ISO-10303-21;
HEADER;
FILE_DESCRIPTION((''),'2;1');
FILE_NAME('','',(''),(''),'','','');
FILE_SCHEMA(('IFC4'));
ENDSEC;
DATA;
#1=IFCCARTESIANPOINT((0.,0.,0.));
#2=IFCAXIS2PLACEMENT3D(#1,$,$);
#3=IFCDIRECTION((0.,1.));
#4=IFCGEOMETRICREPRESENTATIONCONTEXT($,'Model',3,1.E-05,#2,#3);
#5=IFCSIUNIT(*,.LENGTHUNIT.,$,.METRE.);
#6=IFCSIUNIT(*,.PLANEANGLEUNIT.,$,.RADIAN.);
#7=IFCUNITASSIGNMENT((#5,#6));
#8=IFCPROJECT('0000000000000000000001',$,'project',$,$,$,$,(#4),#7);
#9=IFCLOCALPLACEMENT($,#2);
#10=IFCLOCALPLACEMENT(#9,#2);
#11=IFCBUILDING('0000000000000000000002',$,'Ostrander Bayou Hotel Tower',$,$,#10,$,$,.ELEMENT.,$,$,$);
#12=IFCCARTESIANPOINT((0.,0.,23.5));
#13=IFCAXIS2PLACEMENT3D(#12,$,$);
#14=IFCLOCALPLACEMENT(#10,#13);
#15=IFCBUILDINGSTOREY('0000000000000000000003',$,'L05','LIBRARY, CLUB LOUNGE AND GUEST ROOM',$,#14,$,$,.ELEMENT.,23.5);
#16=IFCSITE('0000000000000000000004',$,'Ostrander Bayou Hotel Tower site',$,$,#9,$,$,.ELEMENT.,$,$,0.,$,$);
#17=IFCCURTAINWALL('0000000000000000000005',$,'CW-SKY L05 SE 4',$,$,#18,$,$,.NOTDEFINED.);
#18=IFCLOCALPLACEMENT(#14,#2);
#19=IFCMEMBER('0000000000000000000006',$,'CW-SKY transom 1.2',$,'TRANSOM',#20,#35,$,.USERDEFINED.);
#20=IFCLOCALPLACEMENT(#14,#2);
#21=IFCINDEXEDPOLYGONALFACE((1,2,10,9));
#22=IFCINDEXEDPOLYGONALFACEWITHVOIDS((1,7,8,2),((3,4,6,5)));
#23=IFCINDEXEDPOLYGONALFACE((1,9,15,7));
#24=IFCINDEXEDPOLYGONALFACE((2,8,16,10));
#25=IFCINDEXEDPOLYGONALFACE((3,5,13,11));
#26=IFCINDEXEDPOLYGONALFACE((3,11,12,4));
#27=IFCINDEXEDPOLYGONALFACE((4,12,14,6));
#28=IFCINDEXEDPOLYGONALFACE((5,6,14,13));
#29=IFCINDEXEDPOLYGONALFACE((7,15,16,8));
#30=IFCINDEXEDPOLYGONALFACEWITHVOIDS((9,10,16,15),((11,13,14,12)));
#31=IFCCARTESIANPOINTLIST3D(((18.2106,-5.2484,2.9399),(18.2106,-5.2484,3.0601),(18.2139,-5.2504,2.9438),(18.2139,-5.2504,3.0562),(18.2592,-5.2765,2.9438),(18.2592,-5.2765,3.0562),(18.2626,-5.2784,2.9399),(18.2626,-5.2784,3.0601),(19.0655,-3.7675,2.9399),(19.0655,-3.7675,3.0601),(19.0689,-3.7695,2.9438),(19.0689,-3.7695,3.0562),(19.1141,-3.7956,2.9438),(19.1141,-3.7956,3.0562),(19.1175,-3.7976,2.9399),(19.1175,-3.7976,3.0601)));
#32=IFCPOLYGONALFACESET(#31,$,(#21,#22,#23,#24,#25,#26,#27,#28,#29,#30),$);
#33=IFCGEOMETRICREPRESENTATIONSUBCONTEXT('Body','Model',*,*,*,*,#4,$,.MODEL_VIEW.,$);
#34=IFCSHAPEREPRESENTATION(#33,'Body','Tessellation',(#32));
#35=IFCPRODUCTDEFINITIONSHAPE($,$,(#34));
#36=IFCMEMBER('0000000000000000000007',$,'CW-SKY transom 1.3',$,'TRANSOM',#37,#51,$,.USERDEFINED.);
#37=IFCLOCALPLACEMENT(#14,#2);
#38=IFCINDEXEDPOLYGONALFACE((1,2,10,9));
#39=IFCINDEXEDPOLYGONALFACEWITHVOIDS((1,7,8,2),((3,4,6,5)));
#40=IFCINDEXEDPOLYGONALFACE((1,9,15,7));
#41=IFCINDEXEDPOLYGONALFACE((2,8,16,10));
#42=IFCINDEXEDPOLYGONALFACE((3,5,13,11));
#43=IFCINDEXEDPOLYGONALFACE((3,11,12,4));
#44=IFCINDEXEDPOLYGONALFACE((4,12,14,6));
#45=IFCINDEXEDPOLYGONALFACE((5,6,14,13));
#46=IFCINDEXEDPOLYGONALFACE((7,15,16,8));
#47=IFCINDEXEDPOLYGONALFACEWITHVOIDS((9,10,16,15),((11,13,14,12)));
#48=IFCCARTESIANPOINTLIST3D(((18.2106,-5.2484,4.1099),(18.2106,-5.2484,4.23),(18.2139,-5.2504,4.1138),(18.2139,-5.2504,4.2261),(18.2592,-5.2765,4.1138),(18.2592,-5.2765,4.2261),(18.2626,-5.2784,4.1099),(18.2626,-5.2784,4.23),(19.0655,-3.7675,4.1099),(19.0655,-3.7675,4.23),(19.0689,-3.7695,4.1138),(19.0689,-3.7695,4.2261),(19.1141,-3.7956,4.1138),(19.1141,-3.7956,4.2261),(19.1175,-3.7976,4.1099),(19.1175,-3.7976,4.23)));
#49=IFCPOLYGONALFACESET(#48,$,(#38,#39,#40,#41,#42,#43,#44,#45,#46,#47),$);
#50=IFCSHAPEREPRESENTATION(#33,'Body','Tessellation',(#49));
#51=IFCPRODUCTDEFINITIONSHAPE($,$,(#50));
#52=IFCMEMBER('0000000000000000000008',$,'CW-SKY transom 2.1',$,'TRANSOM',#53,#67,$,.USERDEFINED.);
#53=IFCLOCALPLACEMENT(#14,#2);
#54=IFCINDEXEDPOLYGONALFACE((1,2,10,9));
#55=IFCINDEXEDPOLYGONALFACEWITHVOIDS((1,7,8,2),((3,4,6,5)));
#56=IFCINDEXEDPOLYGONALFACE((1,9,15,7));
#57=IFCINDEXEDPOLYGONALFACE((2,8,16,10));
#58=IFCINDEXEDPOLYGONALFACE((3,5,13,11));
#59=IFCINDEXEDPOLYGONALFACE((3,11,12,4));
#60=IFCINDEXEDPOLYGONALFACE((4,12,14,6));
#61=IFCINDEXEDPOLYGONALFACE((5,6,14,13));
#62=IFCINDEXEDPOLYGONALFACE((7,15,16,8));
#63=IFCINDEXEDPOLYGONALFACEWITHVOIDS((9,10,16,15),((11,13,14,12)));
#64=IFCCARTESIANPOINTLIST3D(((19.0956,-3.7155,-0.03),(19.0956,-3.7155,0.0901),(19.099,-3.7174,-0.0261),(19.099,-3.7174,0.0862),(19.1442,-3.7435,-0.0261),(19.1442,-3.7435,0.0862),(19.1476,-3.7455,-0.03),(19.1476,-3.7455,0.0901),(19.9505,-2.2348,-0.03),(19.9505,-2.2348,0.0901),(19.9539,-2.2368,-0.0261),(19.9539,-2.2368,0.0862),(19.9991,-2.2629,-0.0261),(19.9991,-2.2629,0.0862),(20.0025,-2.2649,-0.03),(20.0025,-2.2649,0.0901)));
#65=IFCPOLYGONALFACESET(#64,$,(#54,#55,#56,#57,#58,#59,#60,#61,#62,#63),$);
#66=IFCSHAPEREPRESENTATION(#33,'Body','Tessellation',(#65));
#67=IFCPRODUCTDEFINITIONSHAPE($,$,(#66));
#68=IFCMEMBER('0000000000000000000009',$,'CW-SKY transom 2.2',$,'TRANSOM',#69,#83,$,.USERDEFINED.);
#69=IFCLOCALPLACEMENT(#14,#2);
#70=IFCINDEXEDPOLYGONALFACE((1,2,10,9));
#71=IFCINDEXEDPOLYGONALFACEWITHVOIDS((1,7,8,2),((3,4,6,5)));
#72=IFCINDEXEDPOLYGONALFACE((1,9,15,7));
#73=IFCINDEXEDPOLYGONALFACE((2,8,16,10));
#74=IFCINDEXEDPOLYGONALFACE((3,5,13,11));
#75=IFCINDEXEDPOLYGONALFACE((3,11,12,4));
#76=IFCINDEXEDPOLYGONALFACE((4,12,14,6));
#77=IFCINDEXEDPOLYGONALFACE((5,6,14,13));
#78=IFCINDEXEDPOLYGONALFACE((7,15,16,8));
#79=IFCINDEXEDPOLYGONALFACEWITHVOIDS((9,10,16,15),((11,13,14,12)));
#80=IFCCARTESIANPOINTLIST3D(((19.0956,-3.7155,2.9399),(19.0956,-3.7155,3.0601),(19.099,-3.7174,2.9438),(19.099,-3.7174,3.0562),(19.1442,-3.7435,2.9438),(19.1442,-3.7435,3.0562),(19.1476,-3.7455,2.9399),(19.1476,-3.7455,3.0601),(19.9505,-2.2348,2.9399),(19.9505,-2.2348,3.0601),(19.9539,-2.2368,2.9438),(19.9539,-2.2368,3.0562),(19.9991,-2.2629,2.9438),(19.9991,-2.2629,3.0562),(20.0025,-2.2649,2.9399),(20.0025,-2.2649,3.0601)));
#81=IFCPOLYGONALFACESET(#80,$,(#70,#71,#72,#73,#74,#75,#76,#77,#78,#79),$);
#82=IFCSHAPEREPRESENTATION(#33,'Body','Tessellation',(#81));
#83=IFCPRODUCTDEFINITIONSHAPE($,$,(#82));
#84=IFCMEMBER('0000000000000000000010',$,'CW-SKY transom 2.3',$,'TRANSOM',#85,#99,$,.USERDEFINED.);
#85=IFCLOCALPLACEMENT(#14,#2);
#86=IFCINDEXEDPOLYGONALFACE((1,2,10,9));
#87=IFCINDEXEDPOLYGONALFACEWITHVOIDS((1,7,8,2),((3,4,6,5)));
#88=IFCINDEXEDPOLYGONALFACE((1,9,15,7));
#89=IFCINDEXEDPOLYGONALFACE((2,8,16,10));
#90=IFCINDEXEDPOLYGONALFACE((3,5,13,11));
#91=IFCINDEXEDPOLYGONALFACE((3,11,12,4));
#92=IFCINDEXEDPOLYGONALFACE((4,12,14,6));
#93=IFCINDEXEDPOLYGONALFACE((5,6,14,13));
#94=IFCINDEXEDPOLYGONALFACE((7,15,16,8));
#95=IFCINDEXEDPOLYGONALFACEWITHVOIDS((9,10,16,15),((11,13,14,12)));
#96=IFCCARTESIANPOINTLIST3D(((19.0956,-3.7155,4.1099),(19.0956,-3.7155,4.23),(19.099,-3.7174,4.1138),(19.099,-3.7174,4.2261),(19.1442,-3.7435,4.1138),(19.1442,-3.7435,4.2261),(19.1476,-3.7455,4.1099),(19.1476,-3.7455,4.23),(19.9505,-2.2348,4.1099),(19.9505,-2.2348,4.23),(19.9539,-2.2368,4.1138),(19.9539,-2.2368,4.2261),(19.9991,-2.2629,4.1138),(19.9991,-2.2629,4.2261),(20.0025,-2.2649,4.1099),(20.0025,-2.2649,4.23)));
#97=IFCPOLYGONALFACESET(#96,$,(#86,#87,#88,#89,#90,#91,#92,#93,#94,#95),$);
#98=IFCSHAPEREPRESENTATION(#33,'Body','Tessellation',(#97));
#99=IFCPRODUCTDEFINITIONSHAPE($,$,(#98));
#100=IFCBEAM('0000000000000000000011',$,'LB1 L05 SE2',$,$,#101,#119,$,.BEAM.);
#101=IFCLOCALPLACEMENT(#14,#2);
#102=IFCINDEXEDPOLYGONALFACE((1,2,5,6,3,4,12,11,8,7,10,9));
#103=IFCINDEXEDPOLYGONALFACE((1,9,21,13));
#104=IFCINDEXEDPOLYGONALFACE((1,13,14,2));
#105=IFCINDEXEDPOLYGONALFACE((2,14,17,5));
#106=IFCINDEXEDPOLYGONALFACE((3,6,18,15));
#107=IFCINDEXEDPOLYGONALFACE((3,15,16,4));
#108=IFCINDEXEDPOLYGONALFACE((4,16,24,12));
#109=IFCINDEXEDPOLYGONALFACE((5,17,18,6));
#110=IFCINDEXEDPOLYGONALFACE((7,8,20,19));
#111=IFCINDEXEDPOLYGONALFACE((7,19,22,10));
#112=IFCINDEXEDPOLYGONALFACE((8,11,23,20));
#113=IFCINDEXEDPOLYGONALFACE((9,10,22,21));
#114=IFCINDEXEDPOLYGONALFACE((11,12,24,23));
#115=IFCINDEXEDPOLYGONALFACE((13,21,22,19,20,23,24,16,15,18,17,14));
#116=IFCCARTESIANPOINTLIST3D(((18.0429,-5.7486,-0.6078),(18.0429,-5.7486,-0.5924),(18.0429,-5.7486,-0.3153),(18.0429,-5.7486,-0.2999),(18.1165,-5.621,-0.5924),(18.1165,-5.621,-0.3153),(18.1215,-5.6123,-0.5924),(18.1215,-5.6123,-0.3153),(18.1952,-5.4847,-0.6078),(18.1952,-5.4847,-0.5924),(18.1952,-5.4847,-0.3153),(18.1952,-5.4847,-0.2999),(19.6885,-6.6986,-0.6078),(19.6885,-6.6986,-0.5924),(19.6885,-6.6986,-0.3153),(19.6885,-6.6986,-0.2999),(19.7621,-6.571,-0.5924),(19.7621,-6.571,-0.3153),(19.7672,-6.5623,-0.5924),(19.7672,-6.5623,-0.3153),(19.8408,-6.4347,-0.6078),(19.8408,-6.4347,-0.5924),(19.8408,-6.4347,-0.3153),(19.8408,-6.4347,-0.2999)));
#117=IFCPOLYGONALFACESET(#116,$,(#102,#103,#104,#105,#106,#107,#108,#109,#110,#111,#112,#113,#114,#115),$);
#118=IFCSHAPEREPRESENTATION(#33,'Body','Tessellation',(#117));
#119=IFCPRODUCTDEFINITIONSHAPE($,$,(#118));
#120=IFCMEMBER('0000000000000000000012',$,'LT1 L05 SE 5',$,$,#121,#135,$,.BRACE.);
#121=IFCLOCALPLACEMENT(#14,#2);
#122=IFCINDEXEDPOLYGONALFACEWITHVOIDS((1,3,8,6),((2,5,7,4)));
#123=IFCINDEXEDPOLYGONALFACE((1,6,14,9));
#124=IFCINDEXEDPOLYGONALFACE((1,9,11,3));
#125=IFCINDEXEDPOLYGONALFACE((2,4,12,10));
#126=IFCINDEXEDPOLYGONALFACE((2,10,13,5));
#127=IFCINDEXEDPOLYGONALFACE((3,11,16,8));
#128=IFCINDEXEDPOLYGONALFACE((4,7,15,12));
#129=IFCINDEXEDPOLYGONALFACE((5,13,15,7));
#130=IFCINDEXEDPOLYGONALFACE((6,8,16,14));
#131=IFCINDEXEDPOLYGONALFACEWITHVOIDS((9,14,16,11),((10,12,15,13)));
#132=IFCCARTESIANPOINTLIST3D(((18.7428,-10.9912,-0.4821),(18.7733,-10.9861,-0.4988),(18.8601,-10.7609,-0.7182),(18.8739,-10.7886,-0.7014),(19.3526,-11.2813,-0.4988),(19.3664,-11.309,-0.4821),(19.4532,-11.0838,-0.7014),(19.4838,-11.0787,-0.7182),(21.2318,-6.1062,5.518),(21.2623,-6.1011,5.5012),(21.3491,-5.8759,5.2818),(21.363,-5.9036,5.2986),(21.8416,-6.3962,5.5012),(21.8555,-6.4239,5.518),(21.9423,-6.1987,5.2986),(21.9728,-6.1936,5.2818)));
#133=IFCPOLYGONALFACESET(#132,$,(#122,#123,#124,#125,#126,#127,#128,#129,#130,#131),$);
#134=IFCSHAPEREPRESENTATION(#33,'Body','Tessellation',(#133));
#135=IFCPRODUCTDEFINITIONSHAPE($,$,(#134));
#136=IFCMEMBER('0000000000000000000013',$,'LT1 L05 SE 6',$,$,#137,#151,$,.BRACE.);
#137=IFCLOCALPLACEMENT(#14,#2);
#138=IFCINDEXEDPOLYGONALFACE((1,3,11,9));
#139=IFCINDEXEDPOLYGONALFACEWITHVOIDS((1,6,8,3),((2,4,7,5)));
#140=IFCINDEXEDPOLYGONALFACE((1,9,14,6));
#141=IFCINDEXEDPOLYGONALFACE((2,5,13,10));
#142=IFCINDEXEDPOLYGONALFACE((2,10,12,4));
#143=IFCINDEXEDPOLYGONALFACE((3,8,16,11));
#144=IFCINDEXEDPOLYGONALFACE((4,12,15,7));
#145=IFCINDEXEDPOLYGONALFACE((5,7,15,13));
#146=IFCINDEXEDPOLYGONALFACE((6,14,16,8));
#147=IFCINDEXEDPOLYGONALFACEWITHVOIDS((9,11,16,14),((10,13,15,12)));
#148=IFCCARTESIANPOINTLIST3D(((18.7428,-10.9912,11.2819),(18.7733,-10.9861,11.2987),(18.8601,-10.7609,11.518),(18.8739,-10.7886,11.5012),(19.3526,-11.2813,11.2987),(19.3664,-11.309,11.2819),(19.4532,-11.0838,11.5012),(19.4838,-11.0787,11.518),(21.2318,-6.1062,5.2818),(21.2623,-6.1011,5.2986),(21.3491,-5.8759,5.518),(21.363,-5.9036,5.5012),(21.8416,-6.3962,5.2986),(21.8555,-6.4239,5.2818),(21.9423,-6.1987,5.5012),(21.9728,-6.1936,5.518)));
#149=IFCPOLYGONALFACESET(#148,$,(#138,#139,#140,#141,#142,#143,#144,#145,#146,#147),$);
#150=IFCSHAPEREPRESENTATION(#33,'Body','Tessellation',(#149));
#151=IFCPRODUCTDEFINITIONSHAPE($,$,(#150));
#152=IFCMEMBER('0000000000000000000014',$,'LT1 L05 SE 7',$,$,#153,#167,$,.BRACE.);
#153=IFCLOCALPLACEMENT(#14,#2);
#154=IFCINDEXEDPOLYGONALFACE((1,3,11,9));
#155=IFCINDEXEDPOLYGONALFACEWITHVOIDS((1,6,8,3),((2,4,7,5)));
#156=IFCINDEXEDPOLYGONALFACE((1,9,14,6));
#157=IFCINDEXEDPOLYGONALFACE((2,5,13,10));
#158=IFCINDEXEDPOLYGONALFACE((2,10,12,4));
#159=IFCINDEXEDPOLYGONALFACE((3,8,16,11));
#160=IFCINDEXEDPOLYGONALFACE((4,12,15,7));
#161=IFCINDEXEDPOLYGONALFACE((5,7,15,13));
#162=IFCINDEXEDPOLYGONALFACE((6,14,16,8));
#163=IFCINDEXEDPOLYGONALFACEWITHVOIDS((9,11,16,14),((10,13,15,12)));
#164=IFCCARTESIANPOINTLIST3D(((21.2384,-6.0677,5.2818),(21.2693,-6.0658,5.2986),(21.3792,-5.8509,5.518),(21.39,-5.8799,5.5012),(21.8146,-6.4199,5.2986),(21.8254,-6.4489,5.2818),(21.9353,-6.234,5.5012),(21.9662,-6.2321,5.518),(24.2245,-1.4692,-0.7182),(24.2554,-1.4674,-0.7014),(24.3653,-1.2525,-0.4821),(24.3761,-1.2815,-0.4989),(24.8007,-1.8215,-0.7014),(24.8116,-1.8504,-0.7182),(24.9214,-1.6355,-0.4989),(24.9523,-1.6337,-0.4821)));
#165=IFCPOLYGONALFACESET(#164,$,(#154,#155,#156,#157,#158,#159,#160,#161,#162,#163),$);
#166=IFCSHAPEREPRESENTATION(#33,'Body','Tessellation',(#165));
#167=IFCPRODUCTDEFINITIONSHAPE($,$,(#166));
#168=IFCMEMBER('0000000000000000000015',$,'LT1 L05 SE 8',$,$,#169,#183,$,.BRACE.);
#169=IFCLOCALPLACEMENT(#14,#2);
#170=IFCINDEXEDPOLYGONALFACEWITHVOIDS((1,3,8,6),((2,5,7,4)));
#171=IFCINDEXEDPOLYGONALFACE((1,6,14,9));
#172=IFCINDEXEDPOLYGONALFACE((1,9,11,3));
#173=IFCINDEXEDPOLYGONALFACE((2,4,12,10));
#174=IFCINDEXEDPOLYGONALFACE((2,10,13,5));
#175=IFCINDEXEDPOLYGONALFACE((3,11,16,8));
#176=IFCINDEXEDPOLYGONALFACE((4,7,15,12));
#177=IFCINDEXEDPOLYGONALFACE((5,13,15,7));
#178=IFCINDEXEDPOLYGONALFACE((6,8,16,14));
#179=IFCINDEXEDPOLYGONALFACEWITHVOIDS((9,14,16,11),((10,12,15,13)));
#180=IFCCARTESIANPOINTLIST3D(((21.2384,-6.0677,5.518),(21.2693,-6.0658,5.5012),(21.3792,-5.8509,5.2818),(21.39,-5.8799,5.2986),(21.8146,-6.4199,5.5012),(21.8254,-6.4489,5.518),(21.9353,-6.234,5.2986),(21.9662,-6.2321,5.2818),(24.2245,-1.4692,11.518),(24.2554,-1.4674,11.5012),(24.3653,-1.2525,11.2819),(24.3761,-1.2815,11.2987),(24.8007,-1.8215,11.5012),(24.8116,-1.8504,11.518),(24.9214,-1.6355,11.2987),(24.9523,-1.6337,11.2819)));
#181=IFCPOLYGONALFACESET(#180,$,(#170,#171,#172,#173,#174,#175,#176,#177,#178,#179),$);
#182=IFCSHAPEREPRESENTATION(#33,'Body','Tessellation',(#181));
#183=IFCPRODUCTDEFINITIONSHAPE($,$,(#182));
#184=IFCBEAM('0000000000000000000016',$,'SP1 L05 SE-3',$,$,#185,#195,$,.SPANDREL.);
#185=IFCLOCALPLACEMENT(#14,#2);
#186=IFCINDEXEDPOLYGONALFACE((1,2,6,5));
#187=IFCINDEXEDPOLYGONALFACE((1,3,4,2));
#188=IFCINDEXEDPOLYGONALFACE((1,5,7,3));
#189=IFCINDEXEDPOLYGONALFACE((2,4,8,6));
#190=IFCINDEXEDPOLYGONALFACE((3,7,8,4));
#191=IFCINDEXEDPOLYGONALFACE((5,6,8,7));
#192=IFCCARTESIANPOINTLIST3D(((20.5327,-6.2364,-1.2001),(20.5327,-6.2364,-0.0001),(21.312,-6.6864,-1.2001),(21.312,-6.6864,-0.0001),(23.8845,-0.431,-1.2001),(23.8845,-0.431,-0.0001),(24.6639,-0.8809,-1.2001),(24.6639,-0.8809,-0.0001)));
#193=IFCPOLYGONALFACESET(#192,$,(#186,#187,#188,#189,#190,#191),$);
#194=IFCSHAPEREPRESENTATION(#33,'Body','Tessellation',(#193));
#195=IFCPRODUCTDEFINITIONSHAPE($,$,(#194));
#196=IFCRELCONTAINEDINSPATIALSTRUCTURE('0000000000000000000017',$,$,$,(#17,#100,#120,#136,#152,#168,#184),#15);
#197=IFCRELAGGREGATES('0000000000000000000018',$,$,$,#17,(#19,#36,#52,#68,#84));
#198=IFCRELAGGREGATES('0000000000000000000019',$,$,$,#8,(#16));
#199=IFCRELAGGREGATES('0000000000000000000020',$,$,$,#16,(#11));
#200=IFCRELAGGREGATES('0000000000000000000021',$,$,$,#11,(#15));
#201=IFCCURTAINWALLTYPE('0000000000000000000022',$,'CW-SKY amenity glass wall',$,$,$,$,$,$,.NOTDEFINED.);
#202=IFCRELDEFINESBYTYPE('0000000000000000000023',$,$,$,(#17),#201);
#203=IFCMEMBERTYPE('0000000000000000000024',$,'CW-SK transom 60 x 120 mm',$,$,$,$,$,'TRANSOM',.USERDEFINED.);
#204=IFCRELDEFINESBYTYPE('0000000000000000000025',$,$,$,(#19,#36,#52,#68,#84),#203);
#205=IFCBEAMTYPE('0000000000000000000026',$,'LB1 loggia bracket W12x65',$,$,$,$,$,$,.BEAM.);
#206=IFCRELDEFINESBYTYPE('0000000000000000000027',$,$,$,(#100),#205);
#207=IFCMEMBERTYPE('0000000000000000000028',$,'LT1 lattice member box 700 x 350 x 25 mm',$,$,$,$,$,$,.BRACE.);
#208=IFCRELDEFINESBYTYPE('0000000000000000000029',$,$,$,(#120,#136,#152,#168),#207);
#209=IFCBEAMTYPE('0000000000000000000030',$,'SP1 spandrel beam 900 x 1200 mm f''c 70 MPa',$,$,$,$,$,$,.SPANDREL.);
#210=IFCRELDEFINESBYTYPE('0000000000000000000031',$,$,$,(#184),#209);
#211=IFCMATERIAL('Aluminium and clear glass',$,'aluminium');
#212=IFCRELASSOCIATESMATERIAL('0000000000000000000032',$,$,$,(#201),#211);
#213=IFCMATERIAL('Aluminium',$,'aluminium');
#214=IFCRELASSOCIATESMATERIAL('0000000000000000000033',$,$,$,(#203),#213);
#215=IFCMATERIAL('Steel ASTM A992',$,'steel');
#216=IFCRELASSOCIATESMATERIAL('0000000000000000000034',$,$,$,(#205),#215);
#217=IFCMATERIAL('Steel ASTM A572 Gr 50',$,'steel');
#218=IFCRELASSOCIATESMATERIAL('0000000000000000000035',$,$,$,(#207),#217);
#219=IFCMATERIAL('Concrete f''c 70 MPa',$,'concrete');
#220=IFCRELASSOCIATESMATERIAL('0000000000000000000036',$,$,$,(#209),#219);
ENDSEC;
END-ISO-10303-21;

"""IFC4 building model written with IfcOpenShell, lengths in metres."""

from ifc_helpers import new_model, si_unit, direction, frame, origin, origin_2d, place, context, subcontext, project, spatial, rectangle, hollow_rectangle, i_section, extrude, material, material_profile, profile_set, type_object, element, aggregate, save


model = new_model("IFC4")

# Units and contexts
model_context = context("Model", 3, precision=1e-05, world=origin(), true_north=direction((0.0, 1.0)))
body_context = subcontext(model_context, "Body", "Model", "MODEL_VIEW")
ifc_project = project(units=[si_unit("LENGTHUNIT", "METRE"), si_unit("PLANEANGLEUNIT", "RADIAN")], contexts=[model_context])

# Site, building, storey
site_placement = place(None, origin())
site = spatial("IfcSite", under=ifc_project, at=site_placement, Name="Ostrander Bayou Hotel Tower site", CompositionType="ELEMENT", RefElevation=0.0)
building_placement = place(site_placement, origin())
building = spatial("IfcBuilding", under=site, at=building_placement, Name="Ostrander Bayou Hotel Tower", CompositionType="ELEMENT")
storey_placement = place(building_placement, frame((0.0, 0.0, 23.5)))
storey = spatial("IfcBuildingStorey", under=building, at=storey_placement, Name="L05", Description="LIBRARY, CLUB LOUNGE AND GUEST ROOM", CompositionType="ELEMENT", Elevation=23.5)

# Curtain wall
ifc_material_1 = material(Name="Aluminium and clear glass", Category="aluminium")
curtain_wall_type_1 = type_object("IfcCurtainWallType", Name="CW-SKY amenity glass wall", PredefinedType="NOTDEFINED", material=ifc_material_1)
curtain_wall_1_placement = place(storey_placement, origin())
curtain_wall_1 = element("IfcCurtainWall", 1, at=curtain_wall_1_placement, inside=storey, type_object=curtain_wall_type_1, Name="CW-SKY L05 SE 4", PredefinedType="NOTDEFINED")

# Members
ifc_material_2 = material(Name="Aluminium", Category="aluminium")
ifc_material_profile_1 = material_profile(ifc_material_2, hollow_rectangle(XDim=0.0601, YDim=0.1201, WallThickness=0.0039, at=origin_2d()))
ifc_profile_set_1 = profile_set([ifc_material_profile_1], Name="Aluminium")
member_type_1 = type_object("IfcMemberType", Name="CW-SK transom 60 x 120 mm", ElementType="TRANSOM", PredefinedType="USERDEFINED", material=ifc_profile_set_1)
member_1_placement = place(storey_placement, frame((18.2366, -5.2634, 3.0), z_axis=(0.499978, 0.866038, 0.0), x_axis=(-0.866038, 0.499978, 0.0)))
member_1 = element("IfcMember", 2, at=member_1_placement, type_object=member_type_1, Name="CW-SKY transom 1.2", ObjectType="TRANSOM", PredefinedType="USERDEFINED", context=body_context, shape_type="SweptSolid", body=[
    extrude(hollow_rectangle(XDim=0.0601, YDim=0.1201, WallThickness=0.0039, at=origin_2d()), origin(), (0.0, 0.0, 1.0), 1.71),
])
member_2_placement = place(storey_placement, frame((18.2366, -5.2634, 4.1699), z_axis=(0.499978, 0.866038, 0.0), x_axis=(-0.866038, 0.499978, 0.0)))
member_2 = element("IfcMember", 3, at=member_2_placement, type_object=member_type_1, Name="CW-SKY transom 1.3", ObjectType="TRANSOM", PredefinedType="USERDEFINED", context=body_context, shape_type="SweptSolid", body=[
    extrude(hollow_rectangle(XDim=0.0601, YDim=0.1201, WallThickness=0.0039, at=origin_2d()), origin(), (0.0, 0.0, 1.0), 1.71),
])
member_3_placement = place(storey_placement, frame((19.1216, -3.7305, 0.03), z_axis=(0.50004, 0.866002, 0.0), x_axis=(-0.866002, 0.50004, 0.0)))
member_3 = element("IfcMember", 4, at=member_3_placement, type_object=member_type_1, Name="CW-SKY transom 2.1", ObjectType="TRANSOM", PredefinedType="USERDEFINED", context=body_context, shape_type="SweptSolid", body=[
    extrude(hollow_rectangle(XDim=0.0601, YDim=0.1201, WallThickness=0.0039, at=origin_2d()), origin(), (0.0, 0.0, 1.0), 1.7097),
])
member_4_placement = place(storey_placement, frame((19.1216, -3.7305, 3.0), z_axis=(0.50004, 0.866002, 0.0), x_axis=(-0.866002, 0.50004, 0.0)))
member_4 = element("IfcMember", 5, at=member_4_placement, type_object=member_type_1, Name="CW-SKY transom 2.2", ObjectType="TRANSOM", PredefinedType="USERDEFINED", context=body_context, shape_type="SweptSolid", body=[
    extrude(hollow_rectangle(XDim=0.0601, YDim=0.1201, WallThickness=0.0039, at=origin_2d()), origin(), (0.0, 0.0, 1.0), 1.7097),
])
member_5_placement = place(storey_placement, frame((19.1216, -3.7305, 4.1699), z_axis=(0.50004, 0.866002, 0.0), x_axis=(-0.866002, 0.50004, 0.0)))
member_5 = element("IfcMember", 6, at=member_5_placement, type_object=member_type_1, Name="CW-SKY transom 2.3", ObjectType="TRANSOM", PredefinedType="USERDEFINED", context=body_context, shape_type="SweptSolid", body=[
    extrude(hollow_rectangle(XDim=0.0601, YDim=0.1201, WallThickness=0.0039, at=origin_2d()), origin(), (0.0, 0.0, 1.0), 1.7097),
])

# Beam
ifc_material_3 = material(Name="Steel ASTM A992", Category="steel")
ifc_material_profile_2 = material_profile(ifc_material_3, i_section(OverallWidth=0.3047, OverallDepth=0.3079, WebThickness=0.01, FlangeThickness=0.0154, at=origin_2d()))
ifc_profile_set_2 = profile_set([ifc_material_profile_2], Name="Steel ASTM A992")
beam_type_1 = type_object("IfcBeamType", Name="LB1 loggia bracket W12x65", PredefinedType="BEAM", material=ifc_profile_set_2)
beam_1_placement = place(storey_placement, frame((19.7646, -6.5667, -0.4539), z_axis=(-0.866044, 0.499967, 0.0), x_axis=(-0.499967, -0.866044, 0.0)))
element("IfcBeam", 7, at=beam_1_placement, inside=storey, type_object=beam_type_1, Name="LB1 L05 SE2", PredefinedType="BEAM", context=body_context, shape_type="SweptSolid", body=[
    extrude(i_section(OverallWidth=0.3047, OverallDepth=0.3079, WebThickness=0.01, FlangeThickness=0.0154, at=origin_2d()), origin(), (0.0, 0.0, 1.0), 1.9001),
])

# Members
ifc_material_4 = material(Name="Steel ASTM A572 Gr 50", Category="steel")
ifc_material_profile_3 = material_profile(ifc_material_4, hollow_rectangle(XDim=0.7, YDim=0.3501, WallThickness=0.0249, at=origin_2d()))
ifc_profile_set_3 = profile_set([ifc_material_profile_3], Name="Steel ASTM A572 Gr 50")
member_type_2 = type_object("IfcMemberType", Name="LT1 lattice member box 700 x 350 x 25 mm", PredefinedType="BRACE", material=ifc_profile_set_3)
for number, where, z_axis, x_axis, name in (
    (8, (21.6023, -6.1499, 5.3999), (-0.306241, -0.601037, -0.738222), (0.891008, -0.453987, 0.0), "LT1 L05 SE 5"),
    (9, (21.6023, -6.1499, 5.3999), (-0.306241, -0.601037, 0.738222), (0.891008, -0.453987, 0.0), "LT1 L05 SE 6"),
):
    element("IfcMember", number, at=place(storey_placement, frame(where, z_axis=z_axis, x_axis=x_axis)), inside=storey, type_object=member_type_2, Name=name, PredefinedType="BRACE", context=body_context, shape_type="SweptSolid", body=[
        extrude(hollow_rectangle(XDim=0.7, YDim=0.3501, WallThickness=0.0249, at=origin_2d()), origin(), (0.0, 0.0, 1.0), 8.1277),
    ])
for number, where, z_axis, x_axis, name in (
    (10, (21.6023, -6.1499, 5.3999), (0.367389, 0.565757, -0.738203), (-0.838683, 0.54462, 0.0), "LT1 L05 SE 7"),
    (11, (21.6023, -6.1499, 5.3999), (0.367389, 0.565757, 0.738203), (-0.838683, 0.54462, 0.0), "LT1 L05 SE 8"),
):
    element("IfcMember", number, at=place(storey_placement, frame(where, z_axis=z_axis, x_axis=x_axis)), inside=storey, type_object=member_type_2, Name=name, PredefinedType="BRACE", context=body_context, shape_type="SweptSolid", body=[
        extrude(hollow_rectangle(XDim=0.7, YDim=0.3501, WallThickness=0.0249, at=origin_2d()), origin(), (0.0, 0.0, 1.0), 8.1279),
    ])

# Beam
ifc_material_5 = material(Name="Concrete f'c 70 MPa", Category="concrete")
ifc_material_profile_4 = material_profile(ifc_material_5, rectangle(XDim=0.8999, YDim=1.2, at=origin_2d()))
ifc_profile_set_4 = profile_set([ifc_material_profile_4], Name="Concrete f'c 70 MPa")
beam_type_2 = type_object("IfcBeamType", Name="SP1 spandrel beam 900 x 1200 mm f'c 70 MPa", PredefinedType="SPANDREL", material=ifc_profile_set_4)
beam_2_placement = place(storey_placement, frame((20.9224, -6.4614, -0.6001), z_axis=(0.500005, 0.866022, 0.0), x_axis=(-0.866022, 0.500005, 0.0)))
element("IfcBeam", 12, at=beam_2_placement, inside=storey, type_object=beam_type_2, Name="SP1 L05 SE-3", PredefinedType="SPANDREL", context=body_context, shape_type="SweptSolid", body=[
    extrude(rectangle(XDim=0.8999, YDim=1.2, at=origin_2d()), origin(), (0.0, 0.0, 1.0), 6.7036),
])

aggregate(curtain_wall_1, [member_1, member_2, member_3, member_4, member_5])

save(model, "model.ifc")
